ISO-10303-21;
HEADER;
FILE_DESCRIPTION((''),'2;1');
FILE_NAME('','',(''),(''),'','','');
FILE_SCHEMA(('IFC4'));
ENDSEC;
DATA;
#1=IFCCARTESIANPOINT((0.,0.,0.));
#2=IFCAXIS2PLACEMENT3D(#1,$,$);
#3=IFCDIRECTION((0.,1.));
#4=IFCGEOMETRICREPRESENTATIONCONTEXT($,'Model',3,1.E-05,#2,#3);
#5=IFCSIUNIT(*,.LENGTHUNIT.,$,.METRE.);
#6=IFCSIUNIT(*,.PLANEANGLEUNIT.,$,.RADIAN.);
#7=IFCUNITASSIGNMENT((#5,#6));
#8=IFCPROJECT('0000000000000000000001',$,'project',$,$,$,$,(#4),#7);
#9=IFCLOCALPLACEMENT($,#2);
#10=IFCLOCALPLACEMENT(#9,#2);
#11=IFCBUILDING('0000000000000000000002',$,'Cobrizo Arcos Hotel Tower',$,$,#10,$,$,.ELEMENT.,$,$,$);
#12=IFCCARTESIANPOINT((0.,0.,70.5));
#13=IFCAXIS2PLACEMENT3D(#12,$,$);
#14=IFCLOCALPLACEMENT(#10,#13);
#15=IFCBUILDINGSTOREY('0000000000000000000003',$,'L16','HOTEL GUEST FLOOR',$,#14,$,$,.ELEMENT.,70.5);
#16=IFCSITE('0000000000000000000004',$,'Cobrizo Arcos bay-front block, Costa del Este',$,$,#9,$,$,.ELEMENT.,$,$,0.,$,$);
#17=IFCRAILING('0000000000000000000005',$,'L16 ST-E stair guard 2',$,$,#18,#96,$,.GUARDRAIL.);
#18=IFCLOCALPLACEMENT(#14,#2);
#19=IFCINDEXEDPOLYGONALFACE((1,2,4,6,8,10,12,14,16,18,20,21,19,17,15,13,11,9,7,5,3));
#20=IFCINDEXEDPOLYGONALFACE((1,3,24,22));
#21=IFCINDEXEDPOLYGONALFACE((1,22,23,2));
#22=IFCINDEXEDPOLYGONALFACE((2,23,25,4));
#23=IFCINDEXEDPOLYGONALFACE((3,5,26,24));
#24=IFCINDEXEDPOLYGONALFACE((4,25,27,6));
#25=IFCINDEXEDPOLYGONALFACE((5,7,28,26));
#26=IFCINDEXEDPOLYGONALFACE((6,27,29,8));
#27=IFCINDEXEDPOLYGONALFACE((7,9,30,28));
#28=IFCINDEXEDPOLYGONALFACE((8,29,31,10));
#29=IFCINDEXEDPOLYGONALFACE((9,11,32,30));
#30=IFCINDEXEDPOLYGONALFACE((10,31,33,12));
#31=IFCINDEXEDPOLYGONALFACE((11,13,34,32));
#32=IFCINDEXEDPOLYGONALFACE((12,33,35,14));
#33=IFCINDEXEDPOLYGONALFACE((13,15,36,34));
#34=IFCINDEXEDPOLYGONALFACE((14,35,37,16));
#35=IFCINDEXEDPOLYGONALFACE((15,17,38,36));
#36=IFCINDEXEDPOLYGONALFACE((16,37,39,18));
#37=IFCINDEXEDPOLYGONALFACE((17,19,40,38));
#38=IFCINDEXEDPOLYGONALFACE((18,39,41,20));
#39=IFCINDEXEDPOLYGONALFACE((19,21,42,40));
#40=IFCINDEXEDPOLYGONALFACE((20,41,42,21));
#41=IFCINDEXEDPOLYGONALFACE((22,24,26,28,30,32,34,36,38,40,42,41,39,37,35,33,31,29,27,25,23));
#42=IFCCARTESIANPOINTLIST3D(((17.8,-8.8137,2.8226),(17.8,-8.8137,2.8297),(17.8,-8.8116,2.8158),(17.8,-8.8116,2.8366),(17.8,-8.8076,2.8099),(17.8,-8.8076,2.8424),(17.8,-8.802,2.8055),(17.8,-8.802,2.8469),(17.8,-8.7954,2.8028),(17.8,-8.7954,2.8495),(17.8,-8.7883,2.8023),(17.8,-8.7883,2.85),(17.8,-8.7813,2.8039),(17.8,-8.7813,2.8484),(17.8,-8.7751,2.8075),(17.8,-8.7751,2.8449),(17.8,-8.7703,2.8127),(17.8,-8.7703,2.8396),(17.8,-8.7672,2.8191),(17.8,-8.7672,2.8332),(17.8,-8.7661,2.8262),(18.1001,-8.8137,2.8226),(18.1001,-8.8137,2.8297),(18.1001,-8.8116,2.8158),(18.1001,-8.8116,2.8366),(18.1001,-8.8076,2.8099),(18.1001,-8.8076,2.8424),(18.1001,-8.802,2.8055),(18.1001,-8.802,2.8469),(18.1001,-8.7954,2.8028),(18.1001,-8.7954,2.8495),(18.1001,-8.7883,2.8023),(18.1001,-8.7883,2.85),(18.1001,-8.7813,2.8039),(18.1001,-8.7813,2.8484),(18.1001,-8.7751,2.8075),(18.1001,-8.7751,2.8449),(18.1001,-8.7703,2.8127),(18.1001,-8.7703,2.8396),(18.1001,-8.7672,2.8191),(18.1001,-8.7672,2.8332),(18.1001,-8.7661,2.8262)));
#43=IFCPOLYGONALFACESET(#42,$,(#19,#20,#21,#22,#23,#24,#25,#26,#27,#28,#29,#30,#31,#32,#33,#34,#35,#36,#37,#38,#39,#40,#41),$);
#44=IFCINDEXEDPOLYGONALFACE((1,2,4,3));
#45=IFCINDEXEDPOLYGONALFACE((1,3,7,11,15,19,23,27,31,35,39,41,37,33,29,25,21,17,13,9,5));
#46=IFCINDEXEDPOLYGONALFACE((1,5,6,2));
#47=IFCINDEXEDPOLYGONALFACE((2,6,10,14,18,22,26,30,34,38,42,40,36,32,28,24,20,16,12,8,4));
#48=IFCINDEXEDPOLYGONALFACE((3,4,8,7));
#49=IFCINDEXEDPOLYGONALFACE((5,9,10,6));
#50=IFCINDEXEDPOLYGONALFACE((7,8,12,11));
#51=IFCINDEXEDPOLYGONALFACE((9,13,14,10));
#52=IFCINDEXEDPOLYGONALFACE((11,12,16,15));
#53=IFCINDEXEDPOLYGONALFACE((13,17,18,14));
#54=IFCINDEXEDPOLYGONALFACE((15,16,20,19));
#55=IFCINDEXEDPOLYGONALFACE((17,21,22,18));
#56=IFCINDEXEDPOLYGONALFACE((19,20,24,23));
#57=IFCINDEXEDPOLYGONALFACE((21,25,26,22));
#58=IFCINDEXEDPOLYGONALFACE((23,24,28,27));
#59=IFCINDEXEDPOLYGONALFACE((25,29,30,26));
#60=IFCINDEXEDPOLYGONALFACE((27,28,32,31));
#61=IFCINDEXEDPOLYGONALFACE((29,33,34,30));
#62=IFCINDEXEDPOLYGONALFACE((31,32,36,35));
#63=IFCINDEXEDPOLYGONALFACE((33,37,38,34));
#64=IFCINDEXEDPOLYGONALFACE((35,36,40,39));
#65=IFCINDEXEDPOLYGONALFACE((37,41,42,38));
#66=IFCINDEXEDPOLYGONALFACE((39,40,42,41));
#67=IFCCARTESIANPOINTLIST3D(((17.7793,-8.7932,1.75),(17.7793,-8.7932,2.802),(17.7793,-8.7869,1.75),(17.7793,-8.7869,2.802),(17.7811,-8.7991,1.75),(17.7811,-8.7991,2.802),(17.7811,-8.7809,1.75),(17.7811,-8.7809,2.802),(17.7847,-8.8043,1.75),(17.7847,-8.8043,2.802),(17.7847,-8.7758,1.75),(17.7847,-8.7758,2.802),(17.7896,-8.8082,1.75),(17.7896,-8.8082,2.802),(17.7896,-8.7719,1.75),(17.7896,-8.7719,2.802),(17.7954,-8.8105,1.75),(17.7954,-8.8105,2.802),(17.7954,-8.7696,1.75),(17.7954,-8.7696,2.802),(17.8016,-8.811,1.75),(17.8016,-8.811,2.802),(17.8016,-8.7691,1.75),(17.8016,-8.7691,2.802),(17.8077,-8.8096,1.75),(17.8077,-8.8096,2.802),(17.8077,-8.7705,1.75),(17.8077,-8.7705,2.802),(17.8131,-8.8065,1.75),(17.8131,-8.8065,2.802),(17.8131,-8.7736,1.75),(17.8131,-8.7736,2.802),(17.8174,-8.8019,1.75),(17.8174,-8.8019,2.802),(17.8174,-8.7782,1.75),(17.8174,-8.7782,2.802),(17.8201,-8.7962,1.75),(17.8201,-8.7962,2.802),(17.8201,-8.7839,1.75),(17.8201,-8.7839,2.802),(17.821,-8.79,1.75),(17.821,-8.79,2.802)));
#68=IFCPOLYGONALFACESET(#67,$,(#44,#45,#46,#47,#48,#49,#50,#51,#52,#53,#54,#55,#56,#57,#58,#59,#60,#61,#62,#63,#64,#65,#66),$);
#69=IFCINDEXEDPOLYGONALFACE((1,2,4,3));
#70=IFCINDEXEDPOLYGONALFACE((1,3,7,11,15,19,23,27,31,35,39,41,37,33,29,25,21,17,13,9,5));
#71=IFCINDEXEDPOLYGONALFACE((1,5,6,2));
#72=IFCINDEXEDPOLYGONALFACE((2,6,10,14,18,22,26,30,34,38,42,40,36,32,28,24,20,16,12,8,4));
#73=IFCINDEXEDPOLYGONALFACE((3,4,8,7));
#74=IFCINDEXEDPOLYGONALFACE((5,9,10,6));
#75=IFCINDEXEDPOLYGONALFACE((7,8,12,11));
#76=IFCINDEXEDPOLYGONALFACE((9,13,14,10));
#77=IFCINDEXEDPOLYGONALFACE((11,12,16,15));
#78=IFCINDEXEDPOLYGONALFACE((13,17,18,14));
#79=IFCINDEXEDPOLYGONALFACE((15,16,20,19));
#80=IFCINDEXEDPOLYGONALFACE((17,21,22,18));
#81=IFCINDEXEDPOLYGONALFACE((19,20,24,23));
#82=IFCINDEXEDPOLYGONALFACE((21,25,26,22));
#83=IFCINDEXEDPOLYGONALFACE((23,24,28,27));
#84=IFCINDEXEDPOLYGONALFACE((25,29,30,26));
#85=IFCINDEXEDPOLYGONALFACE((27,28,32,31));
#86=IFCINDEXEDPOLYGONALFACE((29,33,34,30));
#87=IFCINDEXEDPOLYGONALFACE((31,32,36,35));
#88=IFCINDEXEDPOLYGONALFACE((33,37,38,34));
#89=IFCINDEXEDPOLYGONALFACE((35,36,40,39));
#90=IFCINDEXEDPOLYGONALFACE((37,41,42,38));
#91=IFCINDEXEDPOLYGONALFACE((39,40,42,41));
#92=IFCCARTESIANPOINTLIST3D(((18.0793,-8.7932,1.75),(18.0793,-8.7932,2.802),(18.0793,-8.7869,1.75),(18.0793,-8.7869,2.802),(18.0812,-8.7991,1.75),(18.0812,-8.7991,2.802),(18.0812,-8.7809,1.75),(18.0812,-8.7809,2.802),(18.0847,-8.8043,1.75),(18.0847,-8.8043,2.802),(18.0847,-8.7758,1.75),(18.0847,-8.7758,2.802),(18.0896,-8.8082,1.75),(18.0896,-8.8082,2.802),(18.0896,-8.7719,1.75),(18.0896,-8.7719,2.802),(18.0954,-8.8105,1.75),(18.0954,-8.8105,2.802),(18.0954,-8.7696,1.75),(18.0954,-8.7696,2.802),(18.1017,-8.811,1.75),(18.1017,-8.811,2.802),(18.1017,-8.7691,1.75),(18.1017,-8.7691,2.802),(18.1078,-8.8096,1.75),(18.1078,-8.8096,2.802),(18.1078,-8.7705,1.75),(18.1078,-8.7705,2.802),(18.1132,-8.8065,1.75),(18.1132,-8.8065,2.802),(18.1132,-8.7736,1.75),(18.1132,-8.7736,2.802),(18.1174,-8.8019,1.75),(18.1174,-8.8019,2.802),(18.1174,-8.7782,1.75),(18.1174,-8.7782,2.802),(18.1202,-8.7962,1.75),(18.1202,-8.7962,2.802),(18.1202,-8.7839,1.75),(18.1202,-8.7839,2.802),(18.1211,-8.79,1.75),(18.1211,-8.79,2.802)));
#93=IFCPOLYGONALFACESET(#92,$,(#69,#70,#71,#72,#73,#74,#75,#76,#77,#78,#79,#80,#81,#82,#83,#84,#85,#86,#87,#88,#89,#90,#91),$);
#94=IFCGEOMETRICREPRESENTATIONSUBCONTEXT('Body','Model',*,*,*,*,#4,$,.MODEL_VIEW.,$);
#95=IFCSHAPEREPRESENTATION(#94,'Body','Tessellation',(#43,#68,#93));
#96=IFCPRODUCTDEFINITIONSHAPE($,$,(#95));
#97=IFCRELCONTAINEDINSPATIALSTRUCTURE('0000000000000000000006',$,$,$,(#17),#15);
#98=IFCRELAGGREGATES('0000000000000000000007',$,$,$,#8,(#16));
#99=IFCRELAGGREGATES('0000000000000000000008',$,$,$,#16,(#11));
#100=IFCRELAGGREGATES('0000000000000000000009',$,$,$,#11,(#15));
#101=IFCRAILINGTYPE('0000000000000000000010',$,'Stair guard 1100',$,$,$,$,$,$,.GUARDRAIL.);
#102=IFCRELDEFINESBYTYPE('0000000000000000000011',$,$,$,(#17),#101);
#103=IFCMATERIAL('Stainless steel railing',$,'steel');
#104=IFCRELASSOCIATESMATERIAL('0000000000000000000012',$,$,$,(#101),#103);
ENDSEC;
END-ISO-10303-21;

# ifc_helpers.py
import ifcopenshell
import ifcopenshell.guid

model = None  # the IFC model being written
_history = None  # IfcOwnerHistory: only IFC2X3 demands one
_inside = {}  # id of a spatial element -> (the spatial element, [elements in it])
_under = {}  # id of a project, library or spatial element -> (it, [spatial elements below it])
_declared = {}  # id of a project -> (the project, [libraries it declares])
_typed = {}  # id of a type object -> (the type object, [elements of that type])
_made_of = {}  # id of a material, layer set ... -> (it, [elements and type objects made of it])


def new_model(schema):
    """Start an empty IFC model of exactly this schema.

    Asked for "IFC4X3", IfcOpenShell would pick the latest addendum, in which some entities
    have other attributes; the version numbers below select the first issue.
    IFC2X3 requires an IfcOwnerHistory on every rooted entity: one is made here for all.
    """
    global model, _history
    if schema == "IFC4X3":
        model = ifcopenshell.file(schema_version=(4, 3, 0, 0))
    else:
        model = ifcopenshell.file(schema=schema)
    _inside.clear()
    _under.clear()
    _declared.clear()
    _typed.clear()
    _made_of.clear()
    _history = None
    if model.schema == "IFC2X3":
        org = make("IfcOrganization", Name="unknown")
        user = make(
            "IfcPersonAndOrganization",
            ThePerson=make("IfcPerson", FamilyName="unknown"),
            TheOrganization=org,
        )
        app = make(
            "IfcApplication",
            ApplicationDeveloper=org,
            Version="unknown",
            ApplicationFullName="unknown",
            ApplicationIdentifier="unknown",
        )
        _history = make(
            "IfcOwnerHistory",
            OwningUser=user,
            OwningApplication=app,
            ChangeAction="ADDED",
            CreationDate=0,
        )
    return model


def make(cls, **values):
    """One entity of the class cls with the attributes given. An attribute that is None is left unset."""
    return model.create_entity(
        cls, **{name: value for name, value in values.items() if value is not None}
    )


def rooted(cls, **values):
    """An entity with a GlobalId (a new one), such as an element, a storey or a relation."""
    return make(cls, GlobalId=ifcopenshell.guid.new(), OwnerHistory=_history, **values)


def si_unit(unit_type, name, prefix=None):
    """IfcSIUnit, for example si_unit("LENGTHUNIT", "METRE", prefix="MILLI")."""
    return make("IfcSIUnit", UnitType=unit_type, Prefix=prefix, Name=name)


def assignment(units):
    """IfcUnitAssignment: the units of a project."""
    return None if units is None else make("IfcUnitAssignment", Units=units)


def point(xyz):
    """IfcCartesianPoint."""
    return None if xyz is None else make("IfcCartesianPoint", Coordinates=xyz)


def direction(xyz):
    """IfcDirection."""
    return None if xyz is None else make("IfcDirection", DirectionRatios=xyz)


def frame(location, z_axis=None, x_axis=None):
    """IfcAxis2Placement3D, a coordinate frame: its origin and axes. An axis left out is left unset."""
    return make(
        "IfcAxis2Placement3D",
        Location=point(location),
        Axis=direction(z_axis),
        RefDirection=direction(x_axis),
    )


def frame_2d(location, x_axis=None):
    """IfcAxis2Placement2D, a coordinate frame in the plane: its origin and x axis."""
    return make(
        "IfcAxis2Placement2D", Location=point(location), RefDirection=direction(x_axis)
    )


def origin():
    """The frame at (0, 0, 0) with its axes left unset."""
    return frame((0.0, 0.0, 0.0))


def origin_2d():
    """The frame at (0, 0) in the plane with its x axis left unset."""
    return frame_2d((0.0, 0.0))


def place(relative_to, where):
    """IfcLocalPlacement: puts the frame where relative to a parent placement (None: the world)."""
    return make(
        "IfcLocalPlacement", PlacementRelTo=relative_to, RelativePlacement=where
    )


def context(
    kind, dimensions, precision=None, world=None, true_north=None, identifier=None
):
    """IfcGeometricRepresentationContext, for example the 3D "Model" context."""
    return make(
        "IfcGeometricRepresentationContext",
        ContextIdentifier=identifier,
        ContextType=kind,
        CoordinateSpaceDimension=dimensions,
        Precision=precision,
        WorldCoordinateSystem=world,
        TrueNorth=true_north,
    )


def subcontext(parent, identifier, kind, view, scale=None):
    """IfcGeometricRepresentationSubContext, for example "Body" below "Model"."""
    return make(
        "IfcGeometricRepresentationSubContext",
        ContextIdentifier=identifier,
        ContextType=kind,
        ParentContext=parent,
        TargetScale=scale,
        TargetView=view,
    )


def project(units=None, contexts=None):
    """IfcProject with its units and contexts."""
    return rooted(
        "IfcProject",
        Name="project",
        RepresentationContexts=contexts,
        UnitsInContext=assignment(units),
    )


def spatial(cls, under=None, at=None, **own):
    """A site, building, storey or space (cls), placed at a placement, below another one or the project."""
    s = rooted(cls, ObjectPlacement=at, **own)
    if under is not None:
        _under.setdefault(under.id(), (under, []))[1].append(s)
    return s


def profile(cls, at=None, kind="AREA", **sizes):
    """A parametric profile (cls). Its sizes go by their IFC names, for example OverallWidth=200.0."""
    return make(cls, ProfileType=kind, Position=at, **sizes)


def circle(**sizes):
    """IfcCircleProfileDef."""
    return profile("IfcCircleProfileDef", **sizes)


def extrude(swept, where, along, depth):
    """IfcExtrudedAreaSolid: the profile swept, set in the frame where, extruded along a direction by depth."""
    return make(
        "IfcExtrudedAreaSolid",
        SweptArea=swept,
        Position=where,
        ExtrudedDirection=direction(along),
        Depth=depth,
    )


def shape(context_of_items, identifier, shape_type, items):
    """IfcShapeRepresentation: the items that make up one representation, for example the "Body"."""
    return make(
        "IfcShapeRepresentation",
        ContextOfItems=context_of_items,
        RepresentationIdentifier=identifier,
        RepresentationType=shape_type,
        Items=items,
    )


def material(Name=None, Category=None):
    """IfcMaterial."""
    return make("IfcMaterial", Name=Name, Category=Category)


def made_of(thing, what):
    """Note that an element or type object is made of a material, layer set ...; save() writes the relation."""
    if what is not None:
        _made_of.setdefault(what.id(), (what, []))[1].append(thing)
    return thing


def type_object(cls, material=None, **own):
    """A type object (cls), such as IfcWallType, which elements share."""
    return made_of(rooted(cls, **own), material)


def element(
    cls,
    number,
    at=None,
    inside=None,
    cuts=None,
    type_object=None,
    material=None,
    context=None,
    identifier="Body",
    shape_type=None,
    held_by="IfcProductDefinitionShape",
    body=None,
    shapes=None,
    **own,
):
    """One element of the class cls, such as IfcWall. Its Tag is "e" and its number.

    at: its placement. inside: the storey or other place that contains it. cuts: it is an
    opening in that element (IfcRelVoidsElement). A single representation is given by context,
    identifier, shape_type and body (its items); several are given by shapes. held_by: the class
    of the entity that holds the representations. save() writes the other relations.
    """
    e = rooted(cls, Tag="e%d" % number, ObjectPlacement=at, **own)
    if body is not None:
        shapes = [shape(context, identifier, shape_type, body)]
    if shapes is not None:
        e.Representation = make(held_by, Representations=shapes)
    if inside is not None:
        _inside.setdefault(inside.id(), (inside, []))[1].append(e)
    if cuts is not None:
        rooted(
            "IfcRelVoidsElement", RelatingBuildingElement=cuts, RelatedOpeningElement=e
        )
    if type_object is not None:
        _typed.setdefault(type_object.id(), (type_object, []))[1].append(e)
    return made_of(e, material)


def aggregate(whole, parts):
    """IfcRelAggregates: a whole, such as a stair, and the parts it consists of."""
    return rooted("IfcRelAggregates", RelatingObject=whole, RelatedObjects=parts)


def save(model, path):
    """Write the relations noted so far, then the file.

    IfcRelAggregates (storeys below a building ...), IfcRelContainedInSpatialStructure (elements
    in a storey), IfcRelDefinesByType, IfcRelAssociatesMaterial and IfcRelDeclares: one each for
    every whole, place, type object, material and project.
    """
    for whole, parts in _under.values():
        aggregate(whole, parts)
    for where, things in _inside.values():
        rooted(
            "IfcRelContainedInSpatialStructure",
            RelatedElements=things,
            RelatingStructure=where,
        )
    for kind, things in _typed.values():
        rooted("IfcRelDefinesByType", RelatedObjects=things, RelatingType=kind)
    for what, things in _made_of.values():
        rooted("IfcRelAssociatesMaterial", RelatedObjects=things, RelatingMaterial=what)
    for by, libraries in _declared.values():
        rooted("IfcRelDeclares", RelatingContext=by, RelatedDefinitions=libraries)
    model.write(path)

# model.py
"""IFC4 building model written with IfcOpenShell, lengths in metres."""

from ifc_helpers import new_model, si_unit, direction, frame, origin, origin_2d, place, context, subcontext, project, spatial, circle, extrude, material, type_object, element, save


model = new_model("IFC4")

# Units and contexts
model_context = context("Model", 3, precision=1e-05, world=origin(), true_north=direction((0.0, 1.0)))
body_context = subcontext(model_context, "Body", "Model", "MODEL_VIEW")
ifc_project = project(units=[si_unit("LENGTHUNIT", "METRE"), si_unit("PLANEANGLEUNIT", "RADIAN")], contexts=[model_context])

# Site, building, storey
site_placement = place(None, origin())
site = spatial("IfcSite", under=ifc_project, at=site_placement, Name="Cobrizo Arcos bay-front block, Costa del Este", CompositionType="ELEMENT", RefElevation=0.0)
building_placement = place(site_placement, origin())
building = spatial("IfcBuilding", under=site, at=building_placement, Name="Cobrizo Arcos Hotel Tower", CompositionType="ELEMENT")
storey_placement = place(building_placement, frame((0.0, 0.0, 70.5)))
storey = spatial("IfcBuildingStorey", under=building, at=storey_placement, Name="L16", Description="HOTEL GUEST FLOOR", CompositionType="ELEMENT", Elevation=70.5)

# Railing
ifc_material_1 = material(Name="Stainless steel railing", Category="steel")
railing_type_1 = type_object("IfcRailingType", Name="Stair guard 1100", PredefinedType="GUARDRAIL", material=ifc_material_1)
railing_1_placement = place(storey_placement, frame((17.8, -8.79, 1.75)))
element("IfcRailing", 1, at=railing_1_placement, inside=storey, type_object=railing_type_1, Name="L16 ST-E stair guard 2", PredefinedType="GUARDRAIL", context=body_context, shape_type="SweptSolid", body=[
    extrude(circle(Radius=0.0239, at=origin_2d()), frame((0.0, 0.0, 1.0762), z_axis=(1.0, 0.0, 0.0), x_axis=(0.0, 1.0, 0.0)), (0.0, 0.0, 1.0), 0.3),
    extrude(circle(Radius=0.021, at=origin_2d()), origin(), (0.0, 0.0, 1.0), 1.052),
    extrude(circle(Radius=0.021, at=origin_2d()), frame((0.3, 0.0, 0.0)), (0.0, 0.0, 1.0), 1.052),
])

save(model, "model.ifc")
